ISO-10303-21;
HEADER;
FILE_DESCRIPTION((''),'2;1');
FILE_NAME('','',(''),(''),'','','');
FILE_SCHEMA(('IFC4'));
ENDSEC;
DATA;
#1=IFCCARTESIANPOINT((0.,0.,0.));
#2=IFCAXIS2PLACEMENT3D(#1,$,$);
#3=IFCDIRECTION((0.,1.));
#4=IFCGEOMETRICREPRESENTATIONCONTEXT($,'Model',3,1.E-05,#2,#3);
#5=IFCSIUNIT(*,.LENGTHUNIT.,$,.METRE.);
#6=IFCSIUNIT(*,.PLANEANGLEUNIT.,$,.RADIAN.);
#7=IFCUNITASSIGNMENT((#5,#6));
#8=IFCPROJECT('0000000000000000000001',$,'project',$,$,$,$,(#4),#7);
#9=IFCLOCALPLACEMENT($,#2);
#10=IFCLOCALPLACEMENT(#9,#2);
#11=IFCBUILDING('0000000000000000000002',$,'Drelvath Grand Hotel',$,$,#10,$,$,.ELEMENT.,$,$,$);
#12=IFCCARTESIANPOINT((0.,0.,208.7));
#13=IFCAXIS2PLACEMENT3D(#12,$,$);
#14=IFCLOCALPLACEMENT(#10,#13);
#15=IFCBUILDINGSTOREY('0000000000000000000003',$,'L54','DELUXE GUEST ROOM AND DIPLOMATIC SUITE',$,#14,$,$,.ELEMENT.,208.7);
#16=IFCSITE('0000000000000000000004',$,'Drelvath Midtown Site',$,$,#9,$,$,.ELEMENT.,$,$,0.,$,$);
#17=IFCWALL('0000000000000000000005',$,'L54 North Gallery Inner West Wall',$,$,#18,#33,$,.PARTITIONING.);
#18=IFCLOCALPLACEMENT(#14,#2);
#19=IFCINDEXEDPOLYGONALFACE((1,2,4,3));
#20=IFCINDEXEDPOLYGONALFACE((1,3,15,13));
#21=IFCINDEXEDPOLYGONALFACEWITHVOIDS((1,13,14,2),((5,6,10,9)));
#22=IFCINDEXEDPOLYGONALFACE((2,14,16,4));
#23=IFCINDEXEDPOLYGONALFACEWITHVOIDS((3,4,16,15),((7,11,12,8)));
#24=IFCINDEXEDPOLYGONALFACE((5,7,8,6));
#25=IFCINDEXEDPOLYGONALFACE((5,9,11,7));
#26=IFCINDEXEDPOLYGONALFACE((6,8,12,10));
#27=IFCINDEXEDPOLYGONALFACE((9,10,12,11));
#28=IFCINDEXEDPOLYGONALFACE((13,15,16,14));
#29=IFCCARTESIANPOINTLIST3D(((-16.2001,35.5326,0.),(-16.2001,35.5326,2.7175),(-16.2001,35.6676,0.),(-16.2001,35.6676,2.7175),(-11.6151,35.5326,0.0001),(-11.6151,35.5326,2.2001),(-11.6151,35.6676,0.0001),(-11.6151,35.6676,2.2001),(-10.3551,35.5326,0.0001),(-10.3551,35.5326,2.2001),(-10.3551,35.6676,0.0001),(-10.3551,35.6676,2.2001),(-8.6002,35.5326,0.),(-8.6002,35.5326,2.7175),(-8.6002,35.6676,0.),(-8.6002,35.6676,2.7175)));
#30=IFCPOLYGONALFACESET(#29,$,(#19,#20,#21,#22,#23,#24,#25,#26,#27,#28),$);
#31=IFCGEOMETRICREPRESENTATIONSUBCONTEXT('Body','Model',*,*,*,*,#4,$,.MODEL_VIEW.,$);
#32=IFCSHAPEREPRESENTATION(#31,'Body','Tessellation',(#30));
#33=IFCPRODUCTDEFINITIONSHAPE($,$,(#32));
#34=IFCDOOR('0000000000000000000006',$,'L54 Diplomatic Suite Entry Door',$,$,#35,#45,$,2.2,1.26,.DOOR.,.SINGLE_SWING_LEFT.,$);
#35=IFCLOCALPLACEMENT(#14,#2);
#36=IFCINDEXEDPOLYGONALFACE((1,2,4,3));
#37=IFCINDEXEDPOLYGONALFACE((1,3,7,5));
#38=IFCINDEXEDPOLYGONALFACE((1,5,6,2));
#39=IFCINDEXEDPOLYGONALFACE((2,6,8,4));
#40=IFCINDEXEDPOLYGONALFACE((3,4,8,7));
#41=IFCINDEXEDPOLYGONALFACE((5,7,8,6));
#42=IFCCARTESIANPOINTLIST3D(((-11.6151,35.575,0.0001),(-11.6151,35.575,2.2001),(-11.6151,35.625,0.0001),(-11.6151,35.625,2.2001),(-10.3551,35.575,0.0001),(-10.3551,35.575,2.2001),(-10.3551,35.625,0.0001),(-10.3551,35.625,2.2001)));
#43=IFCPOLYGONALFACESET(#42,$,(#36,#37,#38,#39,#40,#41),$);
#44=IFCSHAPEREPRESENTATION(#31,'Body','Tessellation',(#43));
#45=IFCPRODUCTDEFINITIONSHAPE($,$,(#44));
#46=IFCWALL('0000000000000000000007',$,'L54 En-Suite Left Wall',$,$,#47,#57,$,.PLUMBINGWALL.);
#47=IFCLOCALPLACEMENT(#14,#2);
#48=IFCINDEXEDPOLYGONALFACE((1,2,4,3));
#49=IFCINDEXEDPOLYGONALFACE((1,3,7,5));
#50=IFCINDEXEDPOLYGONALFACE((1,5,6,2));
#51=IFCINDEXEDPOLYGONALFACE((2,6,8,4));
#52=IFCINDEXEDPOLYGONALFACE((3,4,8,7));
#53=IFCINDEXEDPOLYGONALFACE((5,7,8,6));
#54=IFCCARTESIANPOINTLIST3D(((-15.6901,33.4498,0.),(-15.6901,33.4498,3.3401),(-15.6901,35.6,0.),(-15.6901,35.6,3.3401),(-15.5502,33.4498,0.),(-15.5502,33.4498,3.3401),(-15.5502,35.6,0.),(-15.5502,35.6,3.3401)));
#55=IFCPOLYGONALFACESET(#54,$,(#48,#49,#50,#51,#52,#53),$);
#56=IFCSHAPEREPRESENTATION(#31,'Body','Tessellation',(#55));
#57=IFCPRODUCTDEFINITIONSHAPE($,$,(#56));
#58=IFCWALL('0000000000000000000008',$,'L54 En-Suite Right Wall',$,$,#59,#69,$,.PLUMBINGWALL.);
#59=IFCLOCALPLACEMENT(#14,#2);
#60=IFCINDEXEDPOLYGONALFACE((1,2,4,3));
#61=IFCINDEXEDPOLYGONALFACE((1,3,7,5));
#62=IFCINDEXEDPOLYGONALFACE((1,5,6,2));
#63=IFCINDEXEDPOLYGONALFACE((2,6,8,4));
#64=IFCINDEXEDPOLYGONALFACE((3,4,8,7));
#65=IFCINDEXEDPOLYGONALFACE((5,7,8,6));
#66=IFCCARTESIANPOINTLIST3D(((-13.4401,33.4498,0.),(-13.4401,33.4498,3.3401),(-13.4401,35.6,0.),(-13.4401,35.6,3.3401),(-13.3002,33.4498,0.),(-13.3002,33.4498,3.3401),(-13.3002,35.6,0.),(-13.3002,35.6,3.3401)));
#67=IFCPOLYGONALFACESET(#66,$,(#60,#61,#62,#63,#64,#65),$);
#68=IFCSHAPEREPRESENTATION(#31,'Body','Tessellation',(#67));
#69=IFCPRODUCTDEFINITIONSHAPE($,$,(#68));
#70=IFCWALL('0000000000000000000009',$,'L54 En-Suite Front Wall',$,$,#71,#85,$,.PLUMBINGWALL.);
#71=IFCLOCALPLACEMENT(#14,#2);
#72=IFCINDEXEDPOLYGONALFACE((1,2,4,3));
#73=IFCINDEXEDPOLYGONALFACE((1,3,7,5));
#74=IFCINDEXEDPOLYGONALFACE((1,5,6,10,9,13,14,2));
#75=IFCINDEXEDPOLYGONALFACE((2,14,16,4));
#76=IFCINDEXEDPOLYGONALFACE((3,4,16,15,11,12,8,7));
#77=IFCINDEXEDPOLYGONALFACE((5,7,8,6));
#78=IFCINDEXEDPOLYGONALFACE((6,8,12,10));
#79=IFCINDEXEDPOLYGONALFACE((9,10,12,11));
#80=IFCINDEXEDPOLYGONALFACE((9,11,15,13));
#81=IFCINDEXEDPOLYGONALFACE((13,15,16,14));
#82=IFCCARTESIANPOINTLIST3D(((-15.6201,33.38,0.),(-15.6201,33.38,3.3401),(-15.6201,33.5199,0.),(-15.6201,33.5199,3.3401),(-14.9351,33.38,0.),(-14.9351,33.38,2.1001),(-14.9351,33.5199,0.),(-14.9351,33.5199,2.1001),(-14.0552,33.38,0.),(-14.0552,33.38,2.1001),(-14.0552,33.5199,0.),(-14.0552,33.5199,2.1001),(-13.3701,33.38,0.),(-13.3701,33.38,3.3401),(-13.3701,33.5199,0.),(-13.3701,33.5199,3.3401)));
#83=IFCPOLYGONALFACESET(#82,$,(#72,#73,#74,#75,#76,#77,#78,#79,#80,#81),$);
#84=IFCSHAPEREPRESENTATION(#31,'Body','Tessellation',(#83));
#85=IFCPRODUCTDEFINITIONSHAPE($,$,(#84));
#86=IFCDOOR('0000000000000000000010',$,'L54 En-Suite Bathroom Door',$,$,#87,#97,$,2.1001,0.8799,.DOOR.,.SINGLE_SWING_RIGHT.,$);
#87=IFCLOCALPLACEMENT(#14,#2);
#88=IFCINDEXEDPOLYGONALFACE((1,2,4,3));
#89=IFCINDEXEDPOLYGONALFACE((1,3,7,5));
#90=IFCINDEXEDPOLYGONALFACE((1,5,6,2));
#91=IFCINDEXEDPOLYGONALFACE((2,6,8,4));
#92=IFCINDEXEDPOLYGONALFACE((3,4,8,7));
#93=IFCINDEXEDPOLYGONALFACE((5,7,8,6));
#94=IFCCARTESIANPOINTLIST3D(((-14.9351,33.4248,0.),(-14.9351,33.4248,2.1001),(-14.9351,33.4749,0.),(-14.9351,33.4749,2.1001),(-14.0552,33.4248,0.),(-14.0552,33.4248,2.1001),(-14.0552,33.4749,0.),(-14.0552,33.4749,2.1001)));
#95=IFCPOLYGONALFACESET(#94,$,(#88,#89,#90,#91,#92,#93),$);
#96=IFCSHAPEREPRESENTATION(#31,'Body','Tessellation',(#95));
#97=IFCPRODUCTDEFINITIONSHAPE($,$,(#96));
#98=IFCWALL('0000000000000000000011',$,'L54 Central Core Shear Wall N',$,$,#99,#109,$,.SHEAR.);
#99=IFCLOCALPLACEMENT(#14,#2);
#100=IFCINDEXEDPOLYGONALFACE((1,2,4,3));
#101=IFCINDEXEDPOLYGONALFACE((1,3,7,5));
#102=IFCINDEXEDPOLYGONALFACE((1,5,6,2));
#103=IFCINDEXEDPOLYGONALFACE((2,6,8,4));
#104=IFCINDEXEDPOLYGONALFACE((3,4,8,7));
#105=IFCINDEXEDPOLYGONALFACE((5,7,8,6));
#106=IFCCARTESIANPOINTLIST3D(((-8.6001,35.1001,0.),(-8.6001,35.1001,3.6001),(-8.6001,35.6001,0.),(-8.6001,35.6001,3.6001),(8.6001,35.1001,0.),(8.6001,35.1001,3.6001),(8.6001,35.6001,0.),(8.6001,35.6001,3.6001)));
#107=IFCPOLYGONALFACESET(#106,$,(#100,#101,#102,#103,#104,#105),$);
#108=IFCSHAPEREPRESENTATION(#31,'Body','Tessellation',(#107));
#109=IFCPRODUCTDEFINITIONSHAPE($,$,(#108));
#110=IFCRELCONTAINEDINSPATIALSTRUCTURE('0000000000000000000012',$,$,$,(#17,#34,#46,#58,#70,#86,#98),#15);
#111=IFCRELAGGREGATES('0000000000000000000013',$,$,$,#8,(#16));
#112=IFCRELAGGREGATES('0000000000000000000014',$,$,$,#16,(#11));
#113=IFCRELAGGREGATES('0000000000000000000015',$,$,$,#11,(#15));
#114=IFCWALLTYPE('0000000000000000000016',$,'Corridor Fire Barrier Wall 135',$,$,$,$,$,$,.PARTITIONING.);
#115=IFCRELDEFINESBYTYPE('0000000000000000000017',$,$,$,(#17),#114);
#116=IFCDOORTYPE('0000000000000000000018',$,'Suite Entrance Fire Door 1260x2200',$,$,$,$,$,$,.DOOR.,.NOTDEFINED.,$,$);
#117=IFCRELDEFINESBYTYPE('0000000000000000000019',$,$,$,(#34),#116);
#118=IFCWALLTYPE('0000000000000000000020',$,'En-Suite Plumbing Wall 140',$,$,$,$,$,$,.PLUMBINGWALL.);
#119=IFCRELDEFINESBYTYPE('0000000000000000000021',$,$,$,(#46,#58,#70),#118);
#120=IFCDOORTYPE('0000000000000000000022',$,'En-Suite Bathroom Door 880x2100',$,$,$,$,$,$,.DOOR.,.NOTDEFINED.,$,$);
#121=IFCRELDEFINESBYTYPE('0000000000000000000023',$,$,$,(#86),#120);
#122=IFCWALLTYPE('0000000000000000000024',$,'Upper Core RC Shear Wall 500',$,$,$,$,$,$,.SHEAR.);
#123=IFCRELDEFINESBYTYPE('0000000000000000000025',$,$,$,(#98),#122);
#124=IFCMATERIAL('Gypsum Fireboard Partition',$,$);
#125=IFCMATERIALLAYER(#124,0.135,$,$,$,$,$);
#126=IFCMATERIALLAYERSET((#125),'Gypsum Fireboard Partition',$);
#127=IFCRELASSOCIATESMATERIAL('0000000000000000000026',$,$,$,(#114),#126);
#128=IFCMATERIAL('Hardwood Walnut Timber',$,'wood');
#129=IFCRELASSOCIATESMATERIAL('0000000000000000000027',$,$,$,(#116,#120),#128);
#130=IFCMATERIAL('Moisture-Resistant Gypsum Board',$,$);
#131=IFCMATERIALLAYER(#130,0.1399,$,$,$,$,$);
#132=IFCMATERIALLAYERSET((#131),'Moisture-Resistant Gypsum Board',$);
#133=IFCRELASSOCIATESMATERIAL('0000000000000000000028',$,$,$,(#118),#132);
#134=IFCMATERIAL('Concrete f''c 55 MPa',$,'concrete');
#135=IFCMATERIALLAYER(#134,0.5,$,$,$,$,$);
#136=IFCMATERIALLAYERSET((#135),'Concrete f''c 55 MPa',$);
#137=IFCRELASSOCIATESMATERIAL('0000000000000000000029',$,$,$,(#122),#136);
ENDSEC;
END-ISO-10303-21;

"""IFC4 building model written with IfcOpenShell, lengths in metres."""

from ifc_helpers import new_model, si_unit, direction, frame, frame_2d, origin, place, context, subcontext, project, spatial, rectangle, extrude, material, layer, layer_set, type_object, element, fill, save


model = new_model("IFC4")

# Units and contexts
model_context = context("Model", 3, precision=1e-05, world=origin(), true_north=direction((0.0, 1.0)))
body_context = subcontext(model_context, "Body", "Model", "MODEL_VIEW")
ifc_project = project(units=[si_unit("LENGTHUNIT", "METRE"), si_unit("PLANEANGLEUNIT", "RADIAN")], contexts=[model_context])

# Site, building, storey
site_placement = place(None, origin())
site = spatial("IfcSite", under=ifc_project, at=site_placement, Name="Drelvath Midtown Site", CompositionType="ELEMENT", RefElevation=0.0)
building_placement = place(site_placement, origin())
building = spatial("IfcBuilding", under=site, at=building_placement, Name="Drelvath Grand Hotel", CompositionType="ELEMENT")
storey_placement = place(building_placement, frame((0.0, 0.0, 208.7)))
storey = spatial("IfcBuildingStorey", under=building, at=storey_placement, Name="L54", Description="DELUXE GUEST ROOM AND DIPLOMATIC SUITE", CompositionType="ELEMENT", Elevation=208.7)

# Shared definitions
ifc_material_1 = material(Name="Gypsum Fireboard Partition")
ifc_layer_1 = layer(ifc_material_1, 0.135)
ifc_layer_set_1 = layer_set([ifc_layer_1], Name="Gypsum Fireboard Partition")
wall_type_1 = type_object("IfcWallType", Name="Corridor Fire Barrier Wall 135", PredefinedType="PARTITIONING", material=ifc_layer_set_1)
ifc_material_2 = material(Name="Hardwood Walnut Timber", Category="wood")
door_type_1 = type_object("IfcDoorType", Name="Suite Entrance Fire Door 1260x2200", OperationType="NOTDEFINED", PredefinedType="DOOR", material=ifc_material_2)

# Wall, opening, door
wall_1_placement = place(storey_placement, frame((-16.2, 35.6001, 0.0), z_axis=(0.0, 0.0, 1.0), x_axis=(1.0, 0.0, 0.0)))
wall_1 = element("IfcWall", 1, at=wall_1_placement, inside=storey, type_object=wall_type_1, Name="L54 North Gallery Inner West Wall", PredefinedType="PARTITIONING", context=body_context, shape_type="SweptSolid", body=[
    extrude(rectangle(XDim=7.5999, YDim=0.135, at=frame_2d((3.7998, 0.0))), origin(), (0.0, 0.0, 1.0), 2.7175),
])
opening_1_placement = place(wall_1_placement, frame((4.585, 0.0, 0.0)))
opening_1 = element("IfcOpeningElement", 2, at=opening_1_placement, cuts=wall_1, PredefinedType="OPENING", context=body_context, shape_type="SweptSolid", body=[
    extrude(rectangle(XDim=1.26, YDim=2.2, at=frame_2d((0.6299, 1.1001))), frame((0.0, 0.0774, 0.0), z_axis=(0.0, -1.0, 0.0), x_axis=(1.0, 0.0, 0.0)), (0.0, 0.0, 1.0), 0.155),
])
door_1_placement = place(opening_1_placement, origin())
door_1 = element("IfcDoor", 3, at=door_1_placement, inside=storey, type_object=door_type_1, Name="L54 Diplomatic Suite Entry Door", OperationType="SINGLE_SWING_LEFT", OverallHeight=2.2, OverallWidth=1.26, PredefinedType="DOOR", context=body_context, shape_type="SweptSolid", body=[
    extrude(rectangle(XDim=1.26, YDim=2.2, at=frame_2d((0.6299, 1.1001))), frame((0.0, 0.0249, 0.0), z_axis=(0.0, -1.0, 0.0), x_axis=(1.0, 0.0, 0.0)), (0.0, 0.0, 1.0), 0.05),
])
fill(opening_1, door_1)

# Walls
ifc_material_3 = material(Name="Moisture-Resistant Gypsum Board")
ifc_layer_2 = layer(ifc_material_3, 0.1399)
ifc_layer_set_2 = layer_set([ifc_layer_2], Name="Moisture-Resistant Gypsum Board")
wall_type_2 = type_object("IfcWallType", Name="En-Suite Plumbing Wall 140", PredefinedType="PLUMBINGWALL", material=ifc_layer_set_2)
for number, where, z_axis, x_axis, name in (
    (4, (-15.6201, 35.6001, 0.0), (0.0, 0.0, 1.0), (0.0, -1.0, 0.0), "L54 En-Suite Left Wall"),
    (5, (-13.3701, 35.6001, 0.0), (0.0, 0.0, 1.0), (0.0, -1.0, 0.0), "L54 En-Suite Right Wall"),
):
    element("IfcWall", number, at=place(storey_placement, frame(where, z_axis=z_axis, x_axis=x_axis)), inside=storey, type_object=wall_type_2, Name=name, PredefinedType="PLUMBINGWALL", context=body_context, shape_type="SweptSolid", body=[
        extrude(rectangle(XDim=2.1501, YDim=0.1399, at=frame_2d((1.0752, 0.0))), origin(), (0.0, 0.0, 1.0), 3.3401),
    ])

# Wall, opening, door
wall_2_placement = place(storey_placement, frame((-15.6201, 33.45, 0.0), z_axis=(0.0, 0.0, 1.0), x_axis=(1.0, 0.0, 0.0)))
wall_2 = element("IfcWall", 6, at=wall_2_placement, inside=storey, type_object=wall_type_2, Name="L54 En-Suite Front Wall", PredefinedType="PLUMBINGWALL", context=body_context, shape_type="SweptSolid", body=[
    extrude(rectangle(XDim=2.25, YDim=0.1399, at=frame_2d((1.125, 0.0))), origin(), (0.0, 0.0, 1.0), 3.3401),
])
opening_2_placement = place(wall_2_placement, frame((0.6851, 0.0, 0.0)))
opening_2 = element("IfcOpeningElement", 7, at=opening_2_placement, cuts=wall_2, PredefinedType="OPENING", context=body_context, shape_type="SweptSolid", body=[
    extrude(rectangle(XDim=0.8799, YDim=2.1001, at=frame_2d((0.4399, 1.05))), frame((0.0, 0.0798, 0.0), z_axis=(0.0, -1.0, 0.0), x_axis=(1.0, 0.0, 0.0)), (0.0, 0.0, 1.0), 0.1599),
])
door_type_2 = type_object("IfcDoorType", Name="En-Suite Bathroom Door 880x2100", OperationType="NOTDEFINED", PredefinedType="DOOR", material=ifc_material_2)
door_2_placement = place(opening_2_placement, origin())
door_2 = element("IfcDoor", 8, at=door_2_placement, inside=storey, type_object=door_type_2, Name="L54 En-Suite Bathroom Door", OperationType="SINGLE_SWING_RIGHT", OverallHeight=2.1001, OverallWidth=0.8799, PredefinedType="DOOR", context=body_context, shape_type="SweptSolid", body=[
    extrude(rectangle(XDim=0.8799, YDim=2.1001, at=frame_2d((0.4399, 1.05))), frame((0.0, 0.0249, 0.0), z_axis=(0.0, -1.0, 0.0), x_axis=(1.0, 0.0, 0.0)), (0.0, 0.0, 1.0), 0.05),
])
fill(opening_2, door_2)

# Wall
ifc_material_4 = material(Name="Concrete f'c 55 MPa", Category="concrete")
ifc_layer_3 = layer(ifc_material_4, 0.5)
ifc_layer_set_3 = layer_set([ifc_layer_3], Name="Concrete f'c 55 MPa")
wall_type_3 = type_object("IfcWallType", Name="Upper Core RC Shear Wall 500", PredefinedType="SHEAR", material=ifc_layer_set_3)
wall_3_placement = place(storey_placement, frame((-8.6001, 35.3501, 0.0), z_axis=(0.0, 0.0, 1.0), x_axis=(1.0, 0.0, 0.0)))
element("IfcWall", 9, at=wall_3_placement, inside=storey, type_object=wall_type_3, Name="L54 Central Core Shear Wall N", PredefinedType="SHEAR", context=body_context, shape_type="SweptSolid", body=[
    extrude(rectangle(XDim=17.2002, YDim=0.5, at=frame_2d((8.6001, 0.0))), origin(), (0.0, 0.0, 1.0), 3.6001),
])

save(model, "model.ifc")
